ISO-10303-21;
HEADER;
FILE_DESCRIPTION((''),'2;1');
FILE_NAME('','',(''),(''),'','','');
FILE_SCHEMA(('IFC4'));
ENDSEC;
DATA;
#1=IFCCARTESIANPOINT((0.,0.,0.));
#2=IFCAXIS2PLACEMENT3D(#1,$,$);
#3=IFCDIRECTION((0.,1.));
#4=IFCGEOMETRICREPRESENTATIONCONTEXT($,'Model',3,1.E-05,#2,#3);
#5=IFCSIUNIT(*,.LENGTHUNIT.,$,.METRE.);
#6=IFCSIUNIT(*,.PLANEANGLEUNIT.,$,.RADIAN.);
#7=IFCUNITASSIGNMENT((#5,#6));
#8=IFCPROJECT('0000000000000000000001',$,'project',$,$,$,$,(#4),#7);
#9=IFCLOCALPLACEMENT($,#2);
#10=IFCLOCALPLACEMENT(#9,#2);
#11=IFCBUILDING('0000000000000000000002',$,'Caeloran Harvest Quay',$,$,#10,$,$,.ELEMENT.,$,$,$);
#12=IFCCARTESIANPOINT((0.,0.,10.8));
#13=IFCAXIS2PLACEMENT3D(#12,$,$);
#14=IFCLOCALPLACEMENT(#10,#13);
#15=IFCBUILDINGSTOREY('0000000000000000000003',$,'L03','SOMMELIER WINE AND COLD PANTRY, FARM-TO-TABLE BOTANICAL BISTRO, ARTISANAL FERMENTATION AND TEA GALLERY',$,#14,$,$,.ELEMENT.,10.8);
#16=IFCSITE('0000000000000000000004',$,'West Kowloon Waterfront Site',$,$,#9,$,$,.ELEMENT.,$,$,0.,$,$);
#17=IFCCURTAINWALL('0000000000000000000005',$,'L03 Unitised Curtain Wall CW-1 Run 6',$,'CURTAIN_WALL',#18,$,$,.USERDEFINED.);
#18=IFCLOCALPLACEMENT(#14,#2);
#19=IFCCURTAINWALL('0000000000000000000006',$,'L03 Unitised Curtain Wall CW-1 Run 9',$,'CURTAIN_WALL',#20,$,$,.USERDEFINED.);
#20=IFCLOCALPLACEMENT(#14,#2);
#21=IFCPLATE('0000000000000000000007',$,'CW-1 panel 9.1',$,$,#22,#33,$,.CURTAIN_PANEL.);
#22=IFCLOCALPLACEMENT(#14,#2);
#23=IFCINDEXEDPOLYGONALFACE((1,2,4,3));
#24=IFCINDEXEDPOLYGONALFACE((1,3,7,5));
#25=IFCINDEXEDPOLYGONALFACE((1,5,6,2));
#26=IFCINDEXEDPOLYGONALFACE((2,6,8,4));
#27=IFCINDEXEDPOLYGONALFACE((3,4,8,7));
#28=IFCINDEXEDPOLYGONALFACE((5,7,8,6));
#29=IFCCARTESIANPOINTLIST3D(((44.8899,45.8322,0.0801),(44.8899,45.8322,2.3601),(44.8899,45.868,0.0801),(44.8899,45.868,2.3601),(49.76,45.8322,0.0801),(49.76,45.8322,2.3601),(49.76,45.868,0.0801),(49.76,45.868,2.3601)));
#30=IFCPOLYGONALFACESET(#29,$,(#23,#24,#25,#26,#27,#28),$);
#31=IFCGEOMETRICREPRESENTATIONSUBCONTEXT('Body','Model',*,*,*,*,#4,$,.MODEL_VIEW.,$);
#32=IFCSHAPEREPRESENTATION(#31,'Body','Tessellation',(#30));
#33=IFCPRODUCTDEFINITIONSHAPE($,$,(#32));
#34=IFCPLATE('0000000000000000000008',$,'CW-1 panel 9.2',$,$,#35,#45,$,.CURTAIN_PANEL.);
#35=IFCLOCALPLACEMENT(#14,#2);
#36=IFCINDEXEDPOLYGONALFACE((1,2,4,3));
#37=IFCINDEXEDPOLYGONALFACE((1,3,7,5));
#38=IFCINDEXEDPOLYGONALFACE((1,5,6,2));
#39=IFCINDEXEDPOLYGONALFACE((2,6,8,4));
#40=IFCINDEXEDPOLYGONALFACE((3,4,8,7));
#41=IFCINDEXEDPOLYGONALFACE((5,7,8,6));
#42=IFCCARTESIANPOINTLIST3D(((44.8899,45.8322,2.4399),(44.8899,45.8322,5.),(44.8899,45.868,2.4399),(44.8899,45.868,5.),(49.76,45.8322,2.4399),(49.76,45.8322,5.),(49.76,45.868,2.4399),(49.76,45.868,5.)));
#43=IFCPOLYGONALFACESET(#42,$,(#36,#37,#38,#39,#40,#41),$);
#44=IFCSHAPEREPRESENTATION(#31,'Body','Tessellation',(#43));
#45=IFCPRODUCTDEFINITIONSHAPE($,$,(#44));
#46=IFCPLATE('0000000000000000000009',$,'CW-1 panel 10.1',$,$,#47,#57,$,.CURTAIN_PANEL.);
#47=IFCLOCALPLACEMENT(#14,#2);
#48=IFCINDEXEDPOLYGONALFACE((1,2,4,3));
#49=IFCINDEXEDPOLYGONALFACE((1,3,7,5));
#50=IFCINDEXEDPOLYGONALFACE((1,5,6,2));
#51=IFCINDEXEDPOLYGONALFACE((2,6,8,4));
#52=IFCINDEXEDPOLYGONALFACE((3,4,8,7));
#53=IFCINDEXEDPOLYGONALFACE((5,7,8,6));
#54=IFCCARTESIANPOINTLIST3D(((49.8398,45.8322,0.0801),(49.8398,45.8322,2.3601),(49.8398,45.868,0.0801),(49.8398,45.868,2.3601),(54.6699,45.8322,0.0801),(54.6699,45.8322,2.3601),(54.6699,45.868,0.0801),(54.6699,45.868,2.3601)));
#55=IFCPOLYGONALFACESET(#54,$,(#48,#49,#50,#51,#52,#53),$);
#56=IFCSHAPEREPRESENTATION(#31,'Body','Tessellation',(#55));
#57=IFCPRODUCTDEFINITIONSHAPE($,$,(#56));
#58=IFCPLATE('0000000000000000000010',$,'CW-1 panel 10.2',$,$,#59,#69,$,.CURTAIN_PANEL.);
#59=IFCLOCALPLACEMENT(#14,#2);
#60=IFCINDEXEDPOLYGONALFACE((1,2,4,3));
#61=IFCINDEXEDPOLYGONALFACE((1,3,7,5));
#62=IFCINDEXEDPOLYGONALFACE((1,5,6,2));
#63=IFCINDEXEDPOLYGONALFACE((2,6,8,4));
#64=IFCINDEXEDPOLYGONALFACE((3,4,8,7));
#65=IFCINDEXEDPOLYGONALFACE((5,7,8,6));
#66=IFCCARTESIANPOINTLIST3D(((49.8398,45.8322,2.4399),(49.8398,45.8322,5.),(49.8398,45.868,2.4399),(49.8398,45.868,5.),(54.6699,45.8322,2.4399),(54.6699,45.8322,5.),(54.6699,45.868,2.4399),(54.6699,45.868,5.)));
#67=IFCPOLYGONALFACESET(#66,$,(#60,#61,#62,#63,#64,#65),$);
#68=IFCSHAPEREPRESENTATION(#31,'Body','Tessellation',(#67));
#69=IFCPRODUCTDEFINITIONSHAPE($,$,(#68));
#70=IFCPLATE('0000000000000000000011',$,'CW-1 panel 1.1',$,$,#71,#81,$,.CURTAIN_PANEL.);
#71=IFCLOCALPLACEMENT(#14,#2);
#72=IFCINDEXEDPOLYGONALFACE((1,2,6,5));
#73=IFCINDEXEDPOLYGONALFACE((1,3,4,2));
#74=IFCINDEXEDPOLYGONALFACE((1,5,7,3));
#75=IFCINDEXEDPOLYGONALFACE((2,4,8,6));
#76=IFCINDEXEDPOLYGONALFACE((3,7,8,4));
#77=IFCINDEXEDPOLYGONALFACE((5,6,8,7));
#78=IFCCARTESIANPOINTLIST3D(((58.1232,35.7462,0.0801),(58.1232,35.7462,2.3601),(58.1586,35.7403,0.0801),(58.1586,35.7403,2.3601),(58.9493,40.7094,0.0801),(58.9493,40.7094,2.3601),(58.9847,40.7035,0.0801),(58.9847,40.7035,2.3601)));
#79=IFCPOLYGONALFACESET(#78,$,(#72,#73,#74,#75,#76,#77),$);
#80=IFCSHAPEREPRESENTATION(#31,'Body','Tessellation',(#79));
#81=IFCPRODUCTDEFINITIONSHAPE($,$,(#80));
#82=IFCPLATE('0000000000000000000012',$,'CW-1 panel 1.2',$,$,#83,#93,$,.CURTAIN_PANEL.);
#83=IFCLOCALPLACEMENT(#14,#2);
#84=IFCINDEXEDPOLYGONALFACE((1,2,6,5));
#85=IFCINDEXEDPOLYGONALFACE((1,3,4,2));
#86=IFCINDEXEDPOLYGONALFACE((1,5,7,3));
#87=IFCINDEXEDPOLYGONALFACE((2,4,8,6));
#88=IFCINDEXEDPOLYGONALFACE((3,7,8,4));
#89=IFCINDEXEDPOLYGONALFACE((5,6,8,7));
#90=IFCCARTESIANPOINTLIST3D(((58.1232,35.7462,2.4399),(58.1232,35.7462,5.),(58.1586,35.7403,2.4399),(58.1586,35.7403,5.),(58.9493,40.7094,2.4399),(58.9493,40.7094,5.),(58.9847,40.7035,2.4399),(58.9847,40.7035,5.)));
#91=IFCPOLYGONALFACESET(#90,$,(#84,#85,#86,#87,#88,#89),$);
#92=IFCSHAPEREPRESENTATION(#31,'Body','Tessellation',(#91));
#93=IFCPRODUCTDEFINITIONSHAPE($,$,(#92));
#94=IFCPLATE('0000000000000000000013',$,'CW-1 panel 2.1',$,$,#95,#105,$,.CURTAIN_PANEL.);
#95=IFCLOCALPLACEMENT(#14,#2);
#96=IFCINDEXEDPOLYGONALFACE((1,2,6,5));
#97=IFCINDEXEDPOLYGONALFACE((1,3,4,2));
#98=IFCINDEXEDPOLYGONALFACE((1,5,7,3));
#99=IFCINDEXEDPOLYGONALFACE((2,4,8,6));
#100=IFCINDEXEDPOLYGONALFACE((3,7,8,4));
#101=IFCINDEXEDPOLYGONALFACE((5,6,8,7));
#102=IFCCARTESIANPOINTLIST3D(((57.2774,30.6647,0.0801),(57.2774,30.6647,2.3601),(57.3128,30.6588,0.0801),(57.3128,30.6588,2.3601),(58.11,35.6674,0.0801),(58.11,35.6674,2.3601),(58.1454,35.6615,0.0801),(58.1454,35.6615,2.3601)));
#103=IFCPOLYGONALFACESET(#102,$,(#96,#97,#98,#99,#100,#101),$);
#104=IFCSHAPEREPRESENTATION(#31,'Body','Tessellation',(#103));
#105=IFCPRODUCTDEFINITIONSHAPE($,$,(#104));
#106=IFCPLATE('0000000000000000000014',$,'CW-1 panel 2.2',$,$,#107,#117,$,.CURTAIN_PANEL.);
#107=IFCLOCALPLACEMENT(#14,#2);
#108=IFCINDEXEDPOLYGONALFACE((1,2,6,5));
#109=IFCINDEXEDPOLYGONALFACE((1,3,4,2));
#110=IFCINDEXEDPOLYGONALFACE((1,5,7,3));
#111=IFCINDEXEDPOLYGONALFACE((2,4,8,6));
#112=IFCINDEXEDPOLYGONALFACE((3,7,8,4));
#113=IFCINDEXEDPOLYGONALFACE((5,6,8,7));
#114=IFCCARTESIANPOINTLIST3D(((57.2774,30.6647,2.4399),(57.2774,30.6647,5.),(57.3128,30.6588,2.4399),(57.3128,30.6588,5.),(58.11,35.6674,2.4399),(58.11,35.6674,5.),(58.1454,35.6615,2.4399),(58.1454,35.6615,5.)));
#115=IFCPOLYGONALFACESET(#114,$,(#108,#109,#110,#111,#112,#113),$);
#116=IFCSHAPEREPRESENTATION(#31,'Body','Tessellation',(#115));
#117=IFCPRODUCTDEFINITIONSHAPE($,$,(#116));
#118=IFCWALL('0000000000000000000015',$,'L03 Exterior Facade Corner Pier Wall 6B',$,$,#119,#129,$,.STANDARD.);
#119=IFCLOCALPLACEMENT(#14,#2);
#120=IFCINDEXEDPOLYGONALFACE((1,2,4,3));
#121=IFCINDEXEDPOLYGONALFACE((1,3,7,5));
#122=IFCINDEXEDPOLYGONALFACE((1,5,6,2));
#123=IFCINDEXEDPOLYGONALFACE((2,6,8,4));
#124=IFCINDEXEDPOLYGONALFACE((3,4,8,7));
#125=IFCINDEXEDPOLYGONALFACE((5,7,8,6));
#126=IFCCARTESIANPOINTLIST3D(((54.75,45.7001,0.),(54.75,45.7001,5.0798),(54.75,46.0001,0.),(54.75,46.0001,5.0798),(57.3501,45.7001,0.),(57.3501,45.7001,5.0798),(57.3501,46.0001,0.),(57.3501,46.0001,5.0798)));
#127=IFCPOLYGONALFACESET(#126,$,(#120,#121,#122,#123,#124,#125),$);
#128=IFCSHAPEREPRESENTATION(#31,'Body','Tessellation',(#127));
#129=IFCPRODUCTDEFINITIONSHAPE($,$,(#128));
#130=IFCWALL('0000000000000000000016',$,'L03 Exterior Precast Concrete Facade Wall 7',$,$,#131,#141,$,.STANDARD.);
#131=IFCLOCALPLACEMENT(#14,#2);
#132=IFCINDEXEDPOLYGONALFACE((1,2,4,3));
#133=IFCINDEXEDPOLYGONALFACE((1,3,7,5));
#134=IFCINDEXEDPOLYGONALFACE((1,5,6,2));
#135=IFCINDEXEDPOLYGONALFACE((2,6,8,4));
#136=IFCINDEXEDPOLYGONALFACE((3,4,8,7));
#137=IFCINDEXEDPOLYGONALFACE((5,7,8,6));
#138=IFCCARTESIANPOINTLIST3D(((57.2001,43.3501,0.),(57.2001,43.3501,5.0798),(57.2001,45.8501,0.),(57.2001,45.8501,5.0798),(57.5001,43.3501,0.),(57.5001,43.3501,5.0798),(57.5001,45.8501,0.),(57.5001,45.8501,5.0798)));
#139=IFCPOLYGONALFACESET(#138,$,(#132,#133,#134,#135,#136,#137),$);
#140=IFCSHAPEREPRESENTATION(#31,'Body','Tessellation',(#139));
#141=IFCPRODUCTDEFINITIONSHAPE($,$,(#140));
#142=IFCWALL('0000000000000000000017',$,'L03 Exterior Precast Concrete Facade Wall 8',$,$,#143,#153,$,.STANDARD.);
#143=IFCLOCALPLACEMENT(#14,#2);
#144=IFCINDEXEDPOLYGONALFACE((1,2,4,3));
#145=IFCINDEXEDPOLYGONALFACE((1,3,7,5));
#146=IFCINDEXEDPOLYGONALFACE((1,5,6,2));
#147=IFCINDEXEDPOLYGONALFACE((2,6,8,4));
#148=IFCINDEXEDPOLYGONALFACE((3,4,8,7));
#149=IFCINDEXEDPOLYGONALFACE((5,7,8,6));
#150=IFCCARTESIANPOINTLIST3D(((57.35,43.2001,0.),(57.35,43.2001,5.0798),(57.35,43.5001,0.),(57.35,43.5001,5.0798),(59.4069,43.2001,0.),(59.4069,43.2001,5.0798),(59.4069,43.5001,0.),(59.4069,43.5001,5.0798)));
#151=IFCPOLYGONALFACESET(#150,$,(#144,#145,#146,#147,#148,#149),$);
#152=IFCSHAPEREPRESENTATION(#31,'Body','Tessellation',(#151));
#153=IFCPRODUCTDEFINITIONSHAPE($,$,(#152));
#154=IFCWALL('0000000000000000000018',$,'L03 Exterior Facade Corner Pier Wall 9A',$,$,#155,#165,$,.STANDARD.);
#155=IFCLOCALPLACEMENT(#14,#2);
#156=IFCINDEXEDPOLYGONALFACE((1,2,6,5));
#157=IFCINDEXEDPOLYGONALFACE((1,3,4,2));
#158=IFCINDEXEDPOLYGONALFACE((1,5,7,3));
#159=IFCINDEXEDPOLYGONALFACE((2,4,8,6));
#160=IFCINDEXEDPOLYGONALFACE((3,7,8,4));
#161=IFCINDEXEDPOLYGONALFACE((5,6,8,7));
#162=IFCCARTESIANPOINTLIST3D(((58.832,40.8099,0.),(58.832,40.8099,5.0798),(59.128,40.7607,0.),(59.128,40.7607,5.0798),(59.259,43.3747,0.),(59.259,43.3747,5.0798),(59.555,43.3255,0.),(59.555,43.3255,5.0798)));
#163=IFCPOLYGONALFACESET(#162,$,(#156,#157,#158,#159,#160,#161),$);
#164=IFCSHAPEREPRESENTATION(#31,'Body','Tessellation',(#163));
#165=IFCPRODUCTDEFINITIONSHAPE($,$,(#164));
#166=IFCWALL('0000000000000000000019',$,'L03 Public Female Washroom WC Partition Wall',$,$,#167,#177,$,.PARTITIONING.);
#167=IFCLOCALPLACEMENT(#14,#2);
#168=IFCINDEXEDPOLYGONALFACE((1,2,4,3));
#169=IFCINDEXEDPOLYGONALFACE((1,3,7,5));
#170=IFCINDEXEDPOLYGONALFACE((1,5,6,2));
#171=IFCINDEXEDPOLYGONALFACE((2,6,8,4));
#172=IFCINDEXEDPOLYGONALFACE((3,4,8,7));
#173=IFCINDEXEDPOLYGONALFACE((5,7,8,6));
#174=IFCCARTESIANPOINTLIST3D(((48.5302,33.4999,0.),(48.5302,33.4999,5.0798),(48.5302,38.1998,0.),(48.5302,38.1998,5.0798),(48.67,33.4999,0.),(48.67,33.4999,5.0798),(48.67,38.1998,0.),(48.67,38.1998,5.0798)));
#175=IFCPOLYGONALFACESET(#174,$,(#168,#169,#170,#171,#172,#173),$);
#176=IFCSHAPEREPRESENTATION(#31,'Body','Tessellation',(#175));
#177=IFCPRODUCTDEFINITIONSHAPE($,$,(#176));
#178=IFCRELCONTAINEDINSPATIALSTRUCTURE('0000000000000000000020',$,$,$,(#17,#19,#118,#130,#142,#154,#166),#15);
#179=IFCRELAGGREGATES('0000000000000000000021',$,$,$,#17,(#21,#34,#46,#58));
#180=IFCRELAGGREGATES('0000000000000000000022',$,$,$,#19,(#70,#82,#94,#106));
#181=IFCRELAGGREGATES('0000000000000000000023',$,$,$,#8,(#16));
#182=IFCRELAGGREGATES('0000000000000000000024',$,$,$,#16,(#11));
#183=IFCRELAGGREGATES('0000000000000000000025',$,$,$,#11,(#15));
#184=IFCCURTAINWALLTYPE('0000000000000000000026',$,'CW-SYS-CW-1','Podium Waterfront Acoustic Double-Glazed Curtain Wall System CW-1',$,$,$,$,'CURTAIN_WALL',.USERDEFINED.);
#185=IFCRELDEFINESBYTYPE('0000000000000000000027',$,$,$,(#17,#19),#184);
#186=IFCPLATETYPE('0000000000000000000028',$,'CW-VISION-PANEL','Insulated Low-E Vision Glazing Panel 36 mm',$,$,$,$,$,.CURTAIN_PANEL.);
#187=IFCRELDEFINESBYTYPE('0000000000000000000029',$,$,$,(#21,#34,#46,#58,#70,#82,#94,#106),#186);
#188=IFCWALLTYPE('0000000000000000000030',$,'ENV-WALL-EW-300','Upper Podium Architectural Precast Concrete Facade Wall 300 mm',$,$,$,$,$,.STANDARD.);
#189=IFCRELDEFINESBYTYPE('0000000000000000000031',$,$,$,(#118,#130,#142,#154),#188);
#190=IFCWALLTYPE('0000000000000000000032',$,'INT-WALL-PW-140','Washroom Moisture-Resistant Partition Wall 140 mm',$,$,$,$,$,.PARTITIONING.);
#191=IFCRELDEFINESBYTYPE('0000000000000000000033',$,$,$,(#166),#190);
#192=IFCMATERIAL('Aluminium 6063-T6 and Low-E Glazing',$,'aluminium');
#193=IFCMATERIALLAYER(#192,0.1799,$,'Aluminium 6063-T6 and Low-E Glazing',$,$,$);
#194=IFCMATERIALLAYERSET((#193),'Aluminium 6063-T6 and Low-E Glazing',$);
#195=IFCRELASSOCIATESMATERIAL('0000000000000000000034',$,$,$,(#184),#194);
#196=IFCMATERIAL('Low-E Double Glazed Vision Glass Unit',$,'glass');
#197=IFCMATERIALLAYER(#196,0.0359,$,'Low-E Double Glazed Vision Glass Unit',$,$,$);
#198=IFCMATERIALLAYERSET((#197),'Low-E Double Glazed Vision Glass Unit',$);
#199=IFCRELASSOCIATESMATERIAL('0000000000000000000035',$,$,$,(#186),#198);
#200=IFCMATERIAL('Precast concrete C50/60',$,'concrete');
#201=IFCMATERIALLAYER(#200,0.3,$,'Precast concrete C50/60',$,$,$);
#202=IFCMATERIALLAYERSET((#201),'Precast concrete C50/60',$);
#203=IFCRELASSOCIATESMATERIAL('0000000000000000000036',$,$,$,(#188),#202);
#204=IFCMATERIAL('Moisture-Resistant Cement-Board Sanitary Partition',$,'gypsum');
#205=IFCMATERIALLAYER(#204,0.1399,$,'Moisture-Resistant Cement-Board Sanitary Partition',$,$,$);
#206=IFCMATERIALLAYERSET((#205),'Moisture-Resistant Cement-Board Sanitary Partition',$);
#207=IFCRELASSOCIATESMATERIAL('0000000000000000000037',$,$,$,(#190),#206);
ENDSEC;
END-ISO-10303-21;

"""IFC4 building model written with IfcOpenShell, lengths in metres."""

from ifc_helpers import new_model, si_unit, direction, frame, frame_2d, origin, origin_2d, place, context, subcontext, project, spatial, rectangle, extrude, material, layer, layer_set, type_object, element, aggregate, save


model = new_model("IFC4")

# Units and contexts
model_context = context("Model", 3, precision=1e-05, world=origin(), true_north=direction((0.0, 1.0)))
body_context = subcontext(model_context, "Body", "Model", "MODEL_VIEW")
ifc_project = project(units=[si_unit("LENGTHUNIT", "METRE"), si_unit("PLANEANGLEUNIT", "RADIAN")], contexts=[model_context])

# Site, building, storey
site_placement = place(None, origin())
site = spatial("IfcSite", under=ifc_project, at=site_placement, Name="West Kowloon Waterfront Site", CompositionType="ELEMENT", RefElevation=0.0)
building_placement = place(site_placement, origin())
building = spatial("IfcBuilding", under=site, at=building_placement, Name="Caeloran Harvest Quay", CompositionType="ELEMENT")
storey_placement = place(building_placement, frame((0.0, 0.0, 10.8)))
storey = spatial("IfcBuildingStorey", under=building, at=storey_placement, Name="L03", Description="SOMMELIER WINE AND COLD PANTRY, FARM-TO-TABLE BOTANICAL BISTRO, ARTISANAL FERMENTATION AND TEA GALLERY", CompositionType="ELEMENT", Elevation=10.8)

# Curtain walls
ifc_material_1 = material(Name="Aluminium 6063-T6 and Low-E Glazing", Category="aluminium")
ifc_layer_1 = layer(ifc_material_1, 0.1799, Name="Aluminium 6063-T6 and Low-E Glazing")
ifc_layer_set_1 = layer_set([ifc_layer_1], Name="Aluminium 6063-T6 and Low-E Glazing")
curtain_wall_type = type_object("IfcCurtainWallType", Name="CW-SYS-CW-1", Description="Podium Waterfront Acoustic Double-Glazed Curtain Wall System CW-1", ElementType="CURTAIN_WALL", PredefinedType="USERDEFINED", material=ifc_layer_set_1)
curtain_wall_1_placement = place(storey_placement, origin())
curtain_wall_1 = element("IfcCurtainWall", 1, at=curtain_wall_1_placement, inside=storey, type_object=curtain_wall_type, Name="L03 Unitised Curtain Wall CW-1 Run 6", ObjectType="CURTAIN_WALL", PredefinedType="USERDEFINED")
curtain_wall_2_placement = place(storey_placement, origin())
curtain_wall_2 = element("IfcCurtainWall", 2, at=curtain_wall_2_placement, inside=storey, type_object=curtain_wall_type, Name="L03 Unitised Curtain Wall CW-1 Run 9", ObjectType="CURTAIN_WALL", PredefinedType="USERDEFINED")

# Plates
ifc_material_2 = material(Name="Low-E Double Glazed Vision Glass Unit", Category="glass")
ifc_layer_2 = layer(ifc_material_2, 0.0359, Name="Low-E Double Glazed Vision Glass Unit")
ifc_layer_set_2 = layer_set([ifc_layer_2], Name="Low-E Double Glazed Vision Glass Unit")
plate_type = type_object("IfcPlateType", Name="CW-VISION-PANEL", Description="Insulated Low-E Vision Glazing Panel 36 mm", PredefinedType="CURTAIN_PANEL", material=ifc_layer_set_2)
plate_1_placement = place(storey_placement, frame((47.325, 45.8501, 0.0801), z_axis=(0.0, 0.0, 1.0), x_axis=(1.0, 0.0, 0.0)))
plate_1 = element("IfcPlate", 3, at=plate_1_placement, type_object=plate_type, Name="CW-1 panel 9.1", PredefinedType="CURTAIN_PANEL", context=body_context, shape_type="SweptSolid", body=[
    extrude(rectangle(XDim=4.8701, YDim=0.0359, at=origin_2d()), origin(), (0.0, 0.0, 1.0), 2.28),
])
plate_2_placement = place(storey_placement, frame((47.325, 45.8501, 2.4399), z_axis=(0.0, 0.0, 1.0), x_axis=(1.0, 0.0, 0.0)))
plate_2 = element("IfcPlate", 4, at=plate_2_placement, type_object=plate_type, Name="CW-1 panel 9.2", PredefinedType="CURTAIN_PANEL", context=body_context, shape_type="SweptSolid", body=[
    extrude(rectangle(XDim=4.8701, YDim=0.0359, at=origin_2d()), origin(), (0.0, 0.0, 1.0), 2.5601),
])
plate_3_placement = place(storey_placement, frame((52.2549, 45.8501, 0.0801), z_axis=(0.0, 0.0, 1.0), x_axis=(1.0, 0.0, 0.0)))
plate_3 = element("IfcPlate", 5, at=plate_3_placement, type_object=plate_type, Name="CW-1 panel 10.1", PredefinedType="CURTAIN_PANEL", context=body_context, shape_type="SweptSolid", body=[
    extrude(rectangle(XDim=4.8301, YDim=0.0359, at=origin_2d()), origin(), (0.0, 0.0, 1.0), 2.28),
])
plate_4_placement = place(storey_placement, frame((52.2549, 45.8501, 2.4399), z_axis=(0.0, 0.0, 1.0), x_axis=(1.0, 0.0, 0.0)))
plate_4 = element("IfcPlate", 6, at=plate_4_placement, type_object=plate_type, Name="CW-1 panel 10.2", PredefinedType="CURTAIN_PANEL", context=body_context, shape_type="SweptSolid", body=[
    extrude(rectangle(XDim=4.8301, YDim=0.0359, at=origin_2d()), origin(), (0.0, 0.0, 1.0), 2.5601),
])
aggregate(curtain_wall_1, [plate_1, plate_2, plate_3, plate_4])
plate_5_placement = place(storey_placement, frame((58.554, 38.2249, 0.0801), z_axis=(0.0, 0.0, 1.0), x_axis=(-0.164174, -0.986431, 0.0)))
plate_5 = element("IfcPlate", 7, at=plate_5_placement, type_object=plate_type, Name="CW-1 panel 1.1", PredefinedType="CURTAIN_PANEL", context=body_context, shape_type="SweptSolid", body=[
    extrude(rectangle(XDim=5.0315, YDim=0.0359, at=origin_2d()), origin(), (0.0, 0.0, 1.0), 2.28),
])
plate_6_placement = place(storey_placement, frame((58.554, 38.2249, 2.4399), z_axis=(0.0, 0.0, 1.0), x_axis=(-0.164174, -0.986431, 0.0)))
plate_6 = element("IfcPlate", 8, at=plate_6_placement, type_object=plate_type, Name="CW-1 panel 1.2", PredefinedType="CURTAIN_PANEL", context=body_context, shape_type="SweptSolid", body=[
    extrude(rectangle(XDim=5.0315, YDim=0.0359, at=origin_2d()), origin(), (0.0, 0.0, 1.0), 2.5601),
])
plate_7_placement = place(storey_placement, frame((57.7114, 33.1631, 0.0801), z_axis=(0.0, 0.0, 1.0), x_axis=(-0.164174, -0.986431, 0.0)))
plate_7 = element("IfcPlate", 9, at=plate_7_placement, type_object=plate_type, Name="CW-1 panel 2.1", PredefinedType="CURTAIN_PANEL", context=body_context, shape_type="SweptSolid", body=[
    extrude(rectangle(XDim=5.0715, YDim=0.0359, at=origin_2d()), origin(), (0.0, 0.0, 1.0), 2.28),
])
plate_8_placement = place(storey_placement, frame((57.7114, 33.1631, 2.4399), z_axis=(0.0, 0.0, 1.0), x_axis=(-0.164174, -0.986431, 0.0)))
plate_8 = element("IfcPlate", 10, at=plate_8_placement, type_object=plate_type, Name="CW-1 panel 2.2", PredefinedType="CURTAIN_PANEL", context=body_context, shape_type="SweptSolid", body=[
    extrude(rectangle(XDim=5.0715, YDim=0.0359, at=origin_2d()), origin(), (0.0, 0.0, 1.0), 2.5601),
])
aggregate(curtain_wall_2, [plate_5, plate_6, plate_7, plate_8])

# Walls
ifc_material_3 = material(Name="Precast concrete C50/60", Category="concrete")
ifc_layer_3 = layer(ifc_material_3, 0.3, Name="Precast concrete C50/60")
ifc_layer_set_3 = layer_set([ifc_layer_3], Name="Precast concrete C50/60")
wall_type_1 = type_object("IfcWallType", Name="ENV-WALL-EW-300", Description="Upper Podium Architectural Precast Concrete Facade Wall 300 mm", PredefinedType="STANDARD", material=ifc_layer_set_3)
wall_1_placement = place(storey_placement, frame((54.75, 45.8501, 0.0), z_axis=(0.0, 0.0, 1.0), x_axis=(1.0, 0.0, 0.0)))
element("IfcWall", 11, at=wall_1_placement, inside=storey, type_object=wall_type_1, Name="L03 Exterior Facade Corner Pier Wall 6B", PredefinedType="STANDARD", context=body_context, shape_type="SweptSolid", body=[
    extrude(rectangle(XDim=2.6001, YDim=0.3, at=frame_2d((1.3, 0.0))), origin(), (0.0, 0.0, 1.0), 5.0798),
])
wall_2_placement = place(storey_placement, frame((57.3501, 45.8501, 0.0), z_axis=(0.0, 0.0, 1.0), x_axis=(0.0, -1.0, 0.0)))
element("IfcWall", 12, at=wall_2_placement, inside=storey, type_object=wall_type_1, Name="L03 Exterior Precast Concrete Facade Wall 7", PredefinedType="STANDARD", context=body_context, shape_type="SweptSolid", body=[
    extrude(rectangle(XDim=2.5, YDim=0.3, at=frame_2d((1.25, 0.0))), origin(), (0.0, 0.0, 1.0), 5.0798),
])
wall_3_placement = place(storey_placement, frame((57.3501, 43.3501, 0.0), z_axis=(0.0, 0.0, 1.0), x_axis=(1.0, 0.0, 0.0)))
element("IfcWall", 13, at=wall_3_placement, inside=storey, type_object=wall_type_1, Name="L03 Exterior Precast Concrete Facade Wall 8", PredefinedType="STANDARD", context=body_context, shape_type="SweptSolid", body=[
    extrude(rectangle(XDim=2.0569, YDim=0.3, at=frame_2d((1.0283, 0.0))), origin(), (0.0, 0.0, 1.0), 5.0798),
])
wall_4_placement = place(storey_placement, frame((59.407, 43.3501, 0.0), z_axis=(0.0, 0.0, 1.0), x_axis=(-0.164231, -0.986422, 0.0)))
element("IfcWall", 14, at=wall_4_placement, inside=storey, type_object=wall_type_1, Name="L03 Exterior Facade Corner Pier Wall 9A", PredefinedType="STANDARD", context=body_context, shape_type="SweptSolid", body=[
    extrude(rectangle(XDim=2.6001, YDim=0.3, at=frame_2d((1.3, 0.0))), origin(), (0.0, 0.0, 1.0), 5.0798),
])
ifc_material_4 = material(Name="Moisture-Resistant Cement-Board Sanitary Partition", Category="gypsum")
ifc_layer_4 = layer(ifc_material_4, 0.1399, Name="Moisture-Resistant Cement-Board Sanitary Partition")
ifc_layer_set_4 = layer_set([ifc_layer_4], Name="Moisture-Resistant Cement-Board Sanitary Partition")
wall_type_2 = type_object("IfcWallType", Name="INT-WALL-PW-140", Description="Washroom Moisture-Resistant Partition Wall 140 mm", PredefinedType="PARTITIONING", material=ifc_layer_set_4)
wall_5_placement = place(storey_placement, frame((48.6001, 38.2, 0.0), z_axis=(0.0, 0.0, 1.0), x_axis=(0.0, -1.0, 0.0)))
element("IfcWall", 15, at=wall_5_placement, inside=storey, type_object=wall_type_2, Name="L03 Public Female Washroom WC Partition Wall", PredefinedType="PARTITIONING", context=body_context, shape_type="SweptSolid", body=[
    extrude(rectangle(XDim=4.7, YDim=0.1399, at=frame_2d((2.3501, 0.0))), origin(), (0.0, 0.0, 1.0), 5.0798),
])

save(model, "model.ifc")
